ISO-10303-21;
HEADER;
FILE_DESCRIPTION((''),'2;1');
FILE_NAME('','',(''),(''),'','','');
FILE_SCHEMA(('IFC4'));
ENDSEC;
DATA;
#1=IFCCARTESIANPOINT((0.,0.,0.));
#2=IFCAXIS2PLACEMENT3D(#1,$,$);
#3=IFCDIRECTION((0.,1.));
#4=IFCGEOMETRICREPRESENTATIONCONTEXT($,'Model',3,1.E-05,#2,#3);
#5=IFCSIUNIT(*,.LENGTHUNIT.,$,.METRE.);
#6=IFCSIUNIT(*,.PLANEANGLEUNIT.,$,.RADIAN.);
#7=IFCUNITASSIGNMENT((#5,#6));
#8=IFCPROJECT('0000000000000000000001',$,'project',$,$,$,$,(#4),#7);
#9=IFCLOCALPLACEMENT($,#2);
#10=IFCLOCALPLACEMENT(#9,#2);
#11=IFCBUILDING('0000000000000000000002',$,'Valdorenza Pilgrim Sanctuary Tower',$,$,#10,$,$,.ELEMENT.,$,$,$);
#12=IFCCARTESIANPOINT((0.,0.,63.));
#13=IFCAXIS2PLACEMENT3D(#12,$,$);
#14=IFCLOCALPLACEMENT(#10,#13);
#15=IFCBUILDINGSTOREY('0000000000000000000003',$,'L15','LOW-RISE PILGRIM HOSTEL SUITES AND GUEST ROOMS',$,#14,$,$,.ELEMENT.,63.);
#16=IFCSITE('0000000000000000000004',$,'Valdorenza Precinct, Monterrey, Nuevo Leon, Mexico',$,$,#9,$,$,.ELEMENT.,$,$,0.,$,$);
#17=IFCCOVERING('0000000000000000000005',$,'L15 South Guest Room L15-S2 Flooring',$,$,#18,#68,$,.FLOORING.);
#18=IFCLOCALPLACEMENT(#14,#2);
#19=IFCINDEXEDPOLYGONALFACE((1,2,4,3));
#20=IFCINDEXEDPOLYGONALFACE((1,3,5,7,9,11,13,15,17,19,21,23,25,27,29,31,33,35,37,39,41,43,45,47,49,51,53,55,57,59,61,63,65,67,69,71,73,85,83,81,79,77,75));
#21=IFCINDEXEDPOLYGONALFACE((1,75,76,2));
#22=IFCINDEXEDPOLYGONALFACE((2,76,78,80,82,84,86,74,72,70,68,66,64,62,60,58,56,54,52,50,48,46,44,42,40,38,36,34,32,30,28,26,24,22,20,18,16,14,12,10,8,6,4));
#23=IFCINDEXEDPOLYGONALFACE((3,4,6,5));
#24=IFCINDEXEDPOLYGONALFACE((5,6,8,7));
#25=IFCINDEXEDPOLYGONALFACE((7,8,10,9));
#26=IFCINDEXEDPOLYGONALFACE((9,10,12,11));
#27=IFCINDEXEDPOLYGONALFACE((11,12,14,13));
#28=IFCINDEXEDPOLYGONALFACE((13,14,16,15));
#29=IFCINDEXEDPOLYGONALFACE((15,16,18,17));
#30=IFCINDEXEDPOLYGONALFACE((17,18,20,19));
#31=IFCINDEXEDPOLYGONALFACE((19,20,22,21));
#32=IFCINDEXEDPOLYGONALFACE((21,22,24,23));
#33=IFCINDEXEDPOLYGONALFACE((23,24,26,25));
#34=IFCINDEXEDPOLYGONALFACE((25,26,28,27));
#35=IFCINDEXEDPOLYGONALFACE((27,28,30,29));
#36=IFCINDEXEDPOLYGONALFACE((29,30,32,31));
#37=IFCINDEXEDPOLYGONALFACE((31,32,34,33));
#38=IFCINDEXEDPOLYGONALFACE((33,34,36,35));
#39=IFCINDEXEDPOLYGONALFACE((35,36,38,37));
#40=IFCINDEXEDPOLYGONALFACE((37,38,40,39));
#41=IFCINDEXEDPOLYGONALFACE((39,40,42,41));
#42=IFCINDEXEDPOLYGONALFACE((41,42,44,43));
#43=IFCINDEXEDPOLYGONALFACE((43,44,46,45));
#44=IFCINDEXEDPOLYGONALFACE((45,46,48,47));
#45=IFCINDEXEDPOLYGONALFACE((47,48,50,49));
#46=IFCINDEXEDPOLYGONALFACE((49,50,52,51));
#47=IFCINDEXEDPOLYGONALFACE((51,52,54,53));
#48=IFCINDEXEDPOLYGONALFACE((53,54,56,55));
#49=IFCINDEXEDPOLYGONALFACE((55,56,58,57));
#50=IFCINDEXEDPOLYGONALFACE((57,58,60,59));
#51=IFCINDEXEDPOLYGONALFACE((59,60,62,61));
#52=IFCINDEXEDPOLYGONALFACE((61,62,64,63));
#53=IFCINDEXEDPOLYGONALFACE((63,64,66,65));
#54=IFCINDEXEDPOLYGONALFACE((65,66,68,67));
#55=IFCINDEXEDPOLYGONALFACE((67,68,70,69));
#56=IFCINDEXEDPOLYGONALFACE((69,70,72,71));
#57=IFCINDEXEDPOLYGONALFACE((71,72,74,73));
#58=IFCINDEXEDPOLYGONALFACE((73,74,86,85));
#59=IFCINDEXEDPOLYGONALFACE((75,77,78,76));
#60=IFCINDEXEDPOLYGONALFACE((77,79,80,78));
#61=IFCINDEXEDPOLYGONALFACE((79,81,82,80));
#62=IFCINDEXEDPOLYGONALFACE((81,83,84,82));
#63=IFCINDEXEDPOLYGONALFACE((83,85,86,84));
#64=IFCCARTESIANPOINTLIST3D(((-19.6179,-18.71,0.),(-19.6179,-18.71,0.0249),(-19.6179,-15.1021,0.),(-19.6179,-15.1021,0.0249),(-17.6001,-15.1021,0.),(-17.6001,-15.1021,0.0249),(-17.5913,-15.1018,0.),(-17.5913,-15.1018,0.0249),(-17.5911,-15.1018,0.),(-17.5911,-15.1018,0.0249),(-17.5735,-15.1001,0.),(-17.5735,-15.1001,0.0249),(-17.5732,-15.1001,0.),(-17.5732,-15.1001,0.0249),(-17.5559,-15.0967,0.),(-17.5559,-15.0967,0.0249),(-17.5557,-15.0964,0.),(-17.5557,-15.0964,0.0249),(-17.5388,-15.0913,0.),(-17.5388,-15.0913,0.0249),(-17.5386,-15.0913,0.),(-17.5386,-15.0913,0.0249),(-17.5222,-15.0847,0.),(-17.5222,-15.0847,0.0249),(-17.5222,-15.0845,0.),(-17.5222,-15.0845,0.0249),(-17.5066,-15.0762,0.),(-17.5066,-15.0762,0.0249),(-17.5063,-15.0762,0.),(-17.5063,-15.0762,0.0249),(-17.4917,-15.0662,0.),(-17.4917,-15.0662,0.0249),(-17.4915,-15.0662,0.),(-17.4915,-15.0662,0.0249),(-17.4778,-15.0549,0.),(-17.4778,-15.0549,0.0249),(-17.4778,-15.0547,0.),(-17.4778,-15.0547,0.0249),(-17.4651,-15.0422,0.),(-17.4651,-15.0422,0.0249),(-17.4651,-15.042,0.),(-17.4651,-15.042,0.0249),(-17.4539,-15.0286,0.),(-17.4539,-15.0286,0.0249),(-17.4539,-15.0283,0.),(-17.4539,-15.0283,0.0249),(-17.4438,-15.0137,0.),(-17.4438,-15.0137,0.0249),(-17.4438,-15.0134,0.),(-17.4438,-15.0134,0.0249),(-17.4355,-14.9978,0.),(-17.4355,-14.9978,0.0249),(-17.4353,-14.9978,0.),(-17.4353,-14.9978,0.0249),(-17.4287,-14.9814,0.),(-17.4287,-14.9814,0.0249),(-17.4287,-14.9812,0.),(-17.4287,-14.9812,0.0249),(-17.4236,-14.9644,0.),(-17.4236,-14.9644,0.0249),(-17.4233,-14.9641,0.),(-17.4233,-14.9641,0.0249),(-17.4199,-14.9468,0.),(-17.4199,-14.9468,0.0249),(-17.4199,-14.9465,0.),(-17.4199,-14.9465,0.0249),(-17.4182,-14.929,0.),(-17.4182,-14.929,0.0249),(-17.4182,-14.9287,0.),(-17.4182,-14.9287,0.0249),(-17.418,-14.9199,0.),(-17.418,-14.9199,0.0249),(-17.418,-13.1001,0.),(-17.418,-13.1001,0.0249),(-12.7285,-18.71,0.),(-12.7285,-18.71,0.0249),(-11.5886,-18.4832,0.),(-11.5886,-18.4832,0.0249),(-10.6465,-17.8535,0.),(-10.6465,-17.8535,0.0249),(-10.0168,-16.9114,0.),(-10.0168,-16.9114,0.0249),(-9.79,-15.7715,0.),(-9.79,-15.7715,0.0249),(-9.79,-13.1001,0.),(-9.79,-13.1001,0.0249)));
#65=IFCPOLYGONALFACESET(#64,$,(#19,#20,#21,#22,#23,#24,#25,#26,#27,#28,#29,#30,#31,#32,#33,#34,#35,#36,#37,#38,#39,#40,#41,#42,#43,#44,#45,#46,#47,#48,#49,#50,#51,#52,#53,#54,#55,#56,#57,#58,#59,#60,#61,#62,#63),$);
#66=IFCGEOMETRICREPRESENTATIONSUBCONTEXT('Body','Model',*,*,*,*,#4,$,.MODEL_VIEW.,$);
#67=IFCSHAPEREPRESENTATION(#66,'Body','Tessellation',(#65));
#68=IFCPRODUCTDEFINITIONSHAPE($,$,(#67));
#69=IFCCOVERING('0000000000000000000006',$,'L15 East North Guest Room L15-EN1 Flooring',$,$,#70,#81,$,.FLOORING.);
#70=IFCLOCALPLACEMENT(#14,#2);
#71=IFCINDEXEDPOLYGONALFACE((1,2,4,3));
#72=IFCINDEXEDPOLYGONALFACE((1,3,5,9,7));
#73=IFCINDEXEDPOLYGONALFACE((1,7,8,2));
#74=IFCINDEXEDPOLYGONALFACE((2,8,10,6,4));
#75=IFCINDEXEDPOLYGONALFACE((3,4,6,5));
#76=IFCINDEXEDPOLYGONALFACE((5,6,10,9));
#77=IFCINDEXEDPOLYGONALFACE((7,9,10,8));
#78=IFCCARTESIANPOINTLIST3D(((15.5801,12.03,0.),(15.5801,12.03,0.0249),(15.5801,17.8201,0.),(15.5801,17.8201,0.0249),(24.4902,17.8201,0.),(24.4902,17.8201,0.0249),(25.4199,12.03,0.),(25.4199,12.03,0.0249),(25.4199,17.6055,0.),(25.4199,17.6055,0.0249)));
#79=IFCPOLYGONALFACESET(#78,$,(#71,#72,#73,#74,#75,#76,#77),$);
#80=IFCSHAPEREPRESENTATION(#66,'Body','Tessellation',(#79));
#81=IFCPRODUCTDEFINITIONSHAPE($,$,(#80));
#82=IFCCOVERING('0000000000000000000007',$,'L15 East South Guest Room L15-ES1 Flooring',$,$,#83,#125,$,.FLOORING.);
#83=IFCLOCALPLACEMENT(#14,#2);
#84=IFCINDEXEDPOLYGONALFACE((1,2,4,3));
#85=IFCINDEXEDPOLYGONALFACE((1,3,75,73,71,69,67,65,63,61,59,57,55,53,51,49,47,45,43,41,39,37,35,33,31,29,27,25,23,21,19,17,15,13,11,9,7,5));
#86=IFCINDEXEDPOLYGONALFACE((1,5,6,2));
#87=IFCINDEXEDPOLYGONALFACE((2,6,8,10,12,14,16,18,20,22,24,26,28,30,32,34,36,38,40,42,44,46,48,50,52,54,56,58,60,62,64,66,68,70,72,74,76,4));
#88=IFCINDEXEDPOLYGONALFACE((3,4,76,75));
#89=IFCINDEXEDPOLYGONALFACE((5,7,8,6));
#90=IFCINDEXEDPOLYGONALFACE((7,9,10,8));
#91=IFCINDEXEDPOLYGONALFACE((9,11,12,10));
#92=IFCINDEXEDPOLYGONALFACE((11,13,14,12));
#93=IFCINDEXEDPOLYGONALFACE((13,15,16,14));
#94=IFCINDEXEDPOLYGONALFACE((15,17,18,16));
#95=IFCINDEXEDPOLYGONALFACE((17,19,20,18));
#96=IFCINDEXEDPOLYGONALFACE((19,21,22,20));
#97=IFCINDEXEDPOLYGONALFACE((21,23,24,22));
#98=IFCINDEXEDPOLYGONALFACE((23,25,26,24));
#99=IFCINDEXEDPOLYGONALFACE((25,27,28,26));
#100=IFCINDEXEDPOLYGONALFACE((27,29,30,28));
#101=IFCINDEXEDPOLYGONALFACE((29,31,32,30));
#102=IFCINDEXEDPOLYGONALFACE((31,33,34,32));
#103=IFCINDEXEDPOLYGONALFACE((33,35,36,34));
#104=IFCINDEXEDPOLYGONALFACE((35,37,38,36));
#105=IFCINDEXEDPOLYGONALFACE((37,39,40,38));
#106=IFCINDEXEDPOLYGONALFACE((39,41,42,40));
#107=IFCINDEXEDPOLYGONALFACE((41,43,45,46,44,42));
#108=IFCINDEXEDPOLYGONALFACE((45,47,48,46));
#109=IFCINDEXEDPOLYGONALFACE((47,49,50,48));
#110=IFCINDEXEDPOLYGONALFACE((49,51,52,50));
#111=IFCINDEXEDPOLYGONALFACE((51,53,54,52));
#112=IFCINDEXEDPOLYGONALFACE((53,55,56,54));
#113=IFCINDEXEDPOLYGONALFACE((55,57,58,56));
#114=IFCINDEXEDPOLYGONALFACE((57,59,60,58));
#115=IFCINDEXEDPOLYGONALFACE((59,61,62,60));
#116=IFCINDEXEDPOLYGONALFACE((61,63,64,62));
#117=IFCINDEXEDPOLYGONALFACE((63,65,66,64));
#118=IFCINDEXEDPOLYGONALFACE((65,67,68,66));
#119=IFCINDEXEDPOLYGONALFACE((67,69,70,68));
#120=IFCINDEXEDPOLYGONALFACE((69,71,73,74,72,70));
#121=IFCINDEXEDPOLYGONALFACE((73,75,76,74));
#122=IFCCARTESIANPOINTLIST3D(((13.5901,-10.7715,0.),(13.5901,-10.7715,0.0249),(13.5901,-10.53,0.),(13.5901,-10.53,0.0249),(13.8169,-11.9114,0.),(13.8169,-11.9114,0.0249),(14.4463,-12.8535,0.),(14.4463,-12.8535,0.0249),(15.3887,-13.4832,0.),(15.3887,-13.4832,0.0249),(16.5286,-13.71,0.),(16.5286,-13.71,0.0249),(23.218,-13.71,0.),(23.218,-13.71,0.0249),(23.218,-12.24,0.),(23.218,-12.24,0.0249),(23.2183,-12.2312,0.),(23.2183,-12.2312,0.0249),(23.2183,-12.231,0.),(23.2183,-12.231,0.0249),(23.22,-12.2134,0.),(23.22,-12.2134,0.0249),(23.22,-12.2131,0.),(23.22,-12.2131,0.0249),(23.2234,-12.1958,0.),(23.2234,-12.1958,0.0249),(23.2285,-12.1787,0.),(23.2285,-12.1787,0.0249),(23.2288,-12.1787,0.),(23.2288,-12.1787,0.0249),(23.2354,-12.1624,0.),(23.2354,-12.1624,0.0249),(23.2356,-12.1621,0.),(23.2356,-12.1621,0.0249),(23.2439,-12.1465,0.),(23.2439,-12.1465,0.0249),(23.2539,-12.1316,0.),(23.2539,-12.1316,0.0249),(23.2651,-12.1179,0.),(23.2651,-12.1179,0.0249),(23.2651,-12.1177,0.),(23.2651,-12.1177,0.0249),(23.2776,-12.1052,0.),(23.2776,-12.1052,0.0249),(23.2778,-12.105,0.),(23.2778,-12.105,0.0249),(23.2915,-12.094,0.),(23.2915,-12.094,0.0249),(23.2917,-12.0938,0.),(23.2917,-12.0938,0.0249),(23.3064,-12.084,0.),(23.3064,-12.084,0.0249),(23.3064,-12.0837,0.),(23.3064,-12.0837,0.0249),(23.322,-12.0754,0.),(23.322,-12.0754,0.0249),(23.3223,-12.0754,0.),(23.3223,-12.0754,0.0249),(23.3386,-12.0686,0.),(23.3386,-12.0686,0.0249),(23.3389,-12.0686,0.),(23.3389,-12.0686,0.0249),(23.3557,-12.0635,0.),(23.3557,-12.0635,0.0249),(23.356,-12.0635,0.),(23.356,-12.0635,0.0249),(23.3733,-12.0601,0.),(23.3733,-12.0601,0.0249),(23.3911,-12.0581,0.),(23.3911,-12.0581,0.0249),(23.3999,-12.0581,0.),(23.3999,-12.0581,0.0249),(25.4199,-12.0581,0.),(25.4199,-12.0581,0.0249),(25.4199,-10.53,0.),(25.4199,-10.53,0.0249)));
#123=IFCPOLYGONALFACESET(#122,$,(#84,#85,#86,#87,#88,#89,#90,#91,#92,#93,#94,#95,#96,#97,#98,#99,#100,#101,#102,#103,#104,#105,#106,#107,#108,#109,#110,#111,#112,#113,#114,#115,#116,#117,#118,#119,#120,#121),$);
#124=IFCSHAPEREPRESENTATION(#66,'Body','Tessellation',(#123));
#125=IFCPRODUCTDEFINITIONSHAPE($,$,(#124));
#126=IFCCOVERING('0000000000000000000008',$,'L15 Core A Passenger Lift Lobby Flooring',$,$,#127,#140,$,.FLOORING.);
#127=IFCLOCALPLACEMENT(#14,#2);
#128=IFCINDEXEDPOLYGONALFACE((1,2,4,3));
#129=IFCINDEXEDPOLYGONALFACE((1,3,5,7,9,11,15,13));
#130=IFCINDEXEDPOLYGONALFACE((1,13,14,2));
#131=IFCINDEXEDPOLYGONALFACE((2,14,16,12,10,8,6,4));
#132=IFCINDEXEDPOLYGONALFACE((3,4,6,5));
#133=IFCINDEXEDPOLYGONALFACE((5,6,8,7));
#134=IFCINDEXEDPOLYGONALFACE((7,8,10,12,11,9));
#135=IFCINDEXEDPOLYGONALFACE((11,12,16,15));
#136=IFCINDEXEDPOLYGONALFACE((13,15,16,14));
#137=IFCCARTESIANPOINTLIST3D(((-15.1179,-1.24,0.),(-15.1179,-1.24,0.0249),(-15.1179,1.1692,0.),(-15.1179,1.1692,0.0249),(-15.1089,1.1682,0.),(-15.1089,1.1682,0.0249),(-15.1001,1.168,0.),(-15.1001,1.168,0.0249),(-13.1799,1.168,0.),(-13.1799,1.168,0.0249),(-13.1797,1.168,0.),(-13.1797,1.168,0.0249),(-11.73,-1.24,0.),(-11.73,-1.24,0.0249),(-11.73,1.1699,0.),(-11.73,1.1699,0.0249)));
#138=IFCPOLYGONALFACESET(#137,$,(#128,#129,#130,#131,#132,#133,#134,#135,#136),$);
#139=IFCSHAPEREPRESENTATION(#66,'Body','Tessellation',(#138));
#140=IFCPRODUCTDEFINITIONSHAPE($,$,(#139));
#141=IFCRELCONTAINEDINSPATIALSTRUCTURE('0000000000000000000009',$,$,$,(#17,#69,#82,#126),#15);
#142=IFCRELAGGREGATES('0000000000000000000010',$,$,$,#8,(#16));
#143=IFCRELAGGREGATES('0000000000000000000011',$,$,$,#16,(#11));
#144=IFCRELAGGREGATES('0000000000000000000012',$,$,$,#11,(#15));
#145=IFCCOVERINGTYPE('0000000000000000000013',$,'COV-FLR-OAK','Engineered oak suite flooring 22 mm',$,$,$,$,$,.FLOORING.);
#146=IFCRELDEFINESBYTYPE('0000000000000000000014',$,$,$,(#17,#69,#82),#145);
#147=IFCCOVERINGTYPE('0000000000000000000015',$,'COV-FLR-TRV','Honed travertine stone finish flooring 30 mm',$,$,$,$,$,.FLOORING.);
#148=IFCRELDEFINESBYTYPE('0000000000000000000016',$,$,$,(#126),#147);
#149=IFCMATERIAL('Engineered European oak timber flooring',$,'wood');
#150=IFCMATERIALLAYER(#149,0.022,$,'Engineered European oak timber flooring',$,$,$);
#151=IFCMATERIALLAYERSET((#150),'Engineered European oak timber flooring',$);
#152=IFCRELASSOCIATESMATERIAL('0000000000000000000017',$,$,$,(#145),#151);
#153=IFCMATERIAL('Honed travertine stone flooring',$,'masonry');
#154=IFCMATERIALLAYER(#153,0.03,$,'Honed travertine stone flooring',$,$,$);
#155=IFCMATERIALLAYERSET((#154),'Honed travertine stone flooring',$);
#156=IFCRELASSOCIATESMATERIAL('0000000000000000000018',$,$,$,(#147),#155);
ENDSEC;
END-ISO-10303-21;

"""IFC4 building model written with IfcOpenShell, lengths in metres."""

from ifc_helpers import new_model, si_unit, direction, frame, origin, place, context, subcontext, project, spatial, polyline, outline, extrude, material, layer, layer_set, type_object, element, save


model = new_model("IFC4")

# Units and contexts
model_context = context("Model", 3, precision=1e-05, world=origin(), true_north=direction((0.0, 1.0)))
body_context = subcontext(model_context, "Body", "Model", "MODEL_VIEW")
ifc_project = project(units=[si_unit("LENGTHUNIT", "METRE"), si_unit("PLANEANGLEUNIT", "RADIAN")], contexts=[model_context])

# Site, building, storey
site_placement = place(None, origin())
site = spatial("IfcSite", under=ifc_project, at=site_placement, Name="Valdorenza Precinct, Monterrey, Nuevo Leon, Mexico", CompositionType="ELEMENT", RefElevation=0.0)
building_placement = place(site_placement, origin())
building = spatial("IfcBuilding", under=site, at=building_placement, Name="Valdorenza Pilgrim Sanctuary Tower", CompositionType="ELEMENT")
storey_placement = place(building_placement, frame((0.0, 0.0, 63.0)))
storey = spatial("IfcBuildingStorey", under=building, at=storey_placement, Name="L15", Description="LOW-RISE PILGRIM HOSTEL SUITES AND GUEST ROOMS", CompositionType="ELEMENT", Elevation=63.0)

# Coverings
ifc_material_1 = material(Name="Engineered European oak timber flooring", Category="wood")
ifc_layer_1 = layer(ifc_material_1, 0.022, Name="Engineered European oak timber flooring")
ifc_layer_set_1 = layer_set([ifc_layer_1], Name="Engineered European oak timber flooring")
covering_type_1 = type_object("IfcCoveringType", Name="COV-FLR-OAK", Description="Engineered oak suite flooring 22 mm", PredefinedType="FLOORING", material=ifc_layer_set_1)
covering_1_placement = place(storey_placement, origin())
element("IfcCovering", 1, at=covering_1_placement, inside=storey, type_object=covering_type_1, Name="L15 South Guest Room L15-S2 Flooring", PredefinedType="FLOORING", context=body_context, shape_type="SweptSolid", body=[
    extrude(outline(polyline([(-10.0168, -16.9114), (-10.6465, -17.8535), (-11.5886, -18.4832), (-12.7285, -18.71), (-19.6179, -18.71), (-19.6179, -15.1021), (-17.6001, -15.1021), (-17.5913, -15.1018), (-17.5911, -15.1018), (-17.5735, -15.1001), (-17.5732, -15.1001), (-17.5559, -15.0967), (-17.5557, -15.0964), (-17.5388, -15.0913), (-17.5386, -15.0913), (-17.5222, -15.0847), (-17.5222, -15.0845), (-17.5066, -15.0762), (-17.5063, -15.0762), (-17.4917, -15.0662), (-17.4915, -15.0662), (-17.4778, -15.0549), (-17.4778, -15.0547), (-17.4651, -15.0422), (-17.4651, -15.042), (-17.4539, -15.0286), (-17.4539, -15.0283), (-17.4438, -15.0137), (-17.4438, -15.0134), (-17.4355, -14.9978), (-17.4353, -14.9978), (-17.4287, -14.9814), (-17.4287, -14.9812), (-17.4236, -14.9644), (-17.4233, -14.9641), (-17.4199, -14.9468), (-17.4199, -14.9465), (-17.4182, -14.929), (-17.4182, -14.9287), (-17.418, -14.9199), (-17.418, -13.1001), (-9.79, -13.1001), (-9.79, -15.7715), (-10.0168, -16.9114)])), origin(), (0.0, 0.0, 1.0), 0.0249),
])
covering_2_placement = place(storey_placement, origin())
element("IfcCovering", 2, at=covering_2_placement, inside=storey, type_object=covering_type_1, Name="L15 East North Guest Room L15-EN1 Flooring", PredefinedType="FLOORING", context=body_context, shape_type="SweptSolid", body=[
    extrude(outline(polyline([(24.4902, 17.8201), (25.4199, 17.6055), (25.4199, 12.03), (15.5801, 12.03), (15.5801, 17.8201), (24.4902, 17.8201)])), origin(), (0.0, 0.0, 1.0), 0.0249),
])
covering_3_placement = place(storey_placement, origin())
element("IfcCovering", 3, at=covering_3_placement, inside=storey, type_object=covering_type_1, Name="L15 East South Guest Room L15-ES1 Flooring", PredefinedType="FLOORING", context=body_context, shape_type="SweptSolid", body=[
    extrude(outline(polyline([(25.4199, -10.53), (25.4199, -12.0581), (23.3999, -12.0581), (23.3911, -12.0581), (23.3911, -12.0581), (23.3733, -12.0601), (23.3733, -12.0601), (23.356, -12.0635), (23.3557, -12.0635), (23.3389, -12.0686), (23.3386, -12.0686), (23.3223, -12.0754), (23.322, -12.0754), (23.3064, -12.0837), (23.3064, -12.084), (23.2917, -12.0938), (23.2915, -12.094), (23.2778, -12.105), (23.2776, -12.1052), (23.2651, -12.1177), (23.2651, -12.1179), (23.2539, -12.1316), (23.2539, -12.1316), (23.2439, -12.1465), (23.2439, -12.1465), (23.2356, -12.1621), (23.2354, -12.1624), (23.2288, -12.1787), (23.2285, -12.1787), (23.2234, -12.1958), (23.2234, -12.1958), (23.22, -12.2131), (23.22, -12.2134), (23.2183, -12.231), (23.2183, -12.2312), (23.218, -12.24), (23.218, -13.71), (16.5286, -13.71), (15.3887, -13.4832), (14.4463, -12.8535), (13.8169, -11.9114), (13.5901, -10.7715), (13.5901, -10.53), (25.4199, -10.53)])), origin(), (0.0, 0.0, 1.0), 0.0249),
])
ifc_material_2 = material(Name="Honed travertine stone flooring", Category="masonry")
ifc_layer_2 = layer(ifc_material_2, 0.03, Name="Honed travertine stone flooring")
ifc_layer_set_2 = layer_set([ifc_layer_2], Name="Honed travertine stone flooring")
covering_type_2 = type_object("IfcCoveringType", Name="COV-FLR-TRV", Description="Honed travertine stone finish flooring 30 mm", PredefinedType="FLOORING", material=ifc_layer_set_2)
covering_4_placement = place(storey_placement, origin())
element("IfcCovering", 4, at=covering_4_placement, inside=storey, type_object=covering_type_2, Name="L15 Core A Passenger Lift Lobby Flooring", PredefinedType="FLOORING", context=body_context, shape_type="SweptSolid", body=[
    extrude(outline(polyline([(-15.1179, 1.1692), (-15.1089, 1.1682), (-15.1089, 1.1682), (-15.1001, 1.168), (-13.1799, 1.168), (-13.1797, 1.168), (-11.73, 1.1699), (-11.73, -1.24), (-15.1179, -1.24), (-15.1179, 1.1692)])), origin(), (0.0, 0.0, 1.0), 0.0249),
])

save(model, "model.ifc")
